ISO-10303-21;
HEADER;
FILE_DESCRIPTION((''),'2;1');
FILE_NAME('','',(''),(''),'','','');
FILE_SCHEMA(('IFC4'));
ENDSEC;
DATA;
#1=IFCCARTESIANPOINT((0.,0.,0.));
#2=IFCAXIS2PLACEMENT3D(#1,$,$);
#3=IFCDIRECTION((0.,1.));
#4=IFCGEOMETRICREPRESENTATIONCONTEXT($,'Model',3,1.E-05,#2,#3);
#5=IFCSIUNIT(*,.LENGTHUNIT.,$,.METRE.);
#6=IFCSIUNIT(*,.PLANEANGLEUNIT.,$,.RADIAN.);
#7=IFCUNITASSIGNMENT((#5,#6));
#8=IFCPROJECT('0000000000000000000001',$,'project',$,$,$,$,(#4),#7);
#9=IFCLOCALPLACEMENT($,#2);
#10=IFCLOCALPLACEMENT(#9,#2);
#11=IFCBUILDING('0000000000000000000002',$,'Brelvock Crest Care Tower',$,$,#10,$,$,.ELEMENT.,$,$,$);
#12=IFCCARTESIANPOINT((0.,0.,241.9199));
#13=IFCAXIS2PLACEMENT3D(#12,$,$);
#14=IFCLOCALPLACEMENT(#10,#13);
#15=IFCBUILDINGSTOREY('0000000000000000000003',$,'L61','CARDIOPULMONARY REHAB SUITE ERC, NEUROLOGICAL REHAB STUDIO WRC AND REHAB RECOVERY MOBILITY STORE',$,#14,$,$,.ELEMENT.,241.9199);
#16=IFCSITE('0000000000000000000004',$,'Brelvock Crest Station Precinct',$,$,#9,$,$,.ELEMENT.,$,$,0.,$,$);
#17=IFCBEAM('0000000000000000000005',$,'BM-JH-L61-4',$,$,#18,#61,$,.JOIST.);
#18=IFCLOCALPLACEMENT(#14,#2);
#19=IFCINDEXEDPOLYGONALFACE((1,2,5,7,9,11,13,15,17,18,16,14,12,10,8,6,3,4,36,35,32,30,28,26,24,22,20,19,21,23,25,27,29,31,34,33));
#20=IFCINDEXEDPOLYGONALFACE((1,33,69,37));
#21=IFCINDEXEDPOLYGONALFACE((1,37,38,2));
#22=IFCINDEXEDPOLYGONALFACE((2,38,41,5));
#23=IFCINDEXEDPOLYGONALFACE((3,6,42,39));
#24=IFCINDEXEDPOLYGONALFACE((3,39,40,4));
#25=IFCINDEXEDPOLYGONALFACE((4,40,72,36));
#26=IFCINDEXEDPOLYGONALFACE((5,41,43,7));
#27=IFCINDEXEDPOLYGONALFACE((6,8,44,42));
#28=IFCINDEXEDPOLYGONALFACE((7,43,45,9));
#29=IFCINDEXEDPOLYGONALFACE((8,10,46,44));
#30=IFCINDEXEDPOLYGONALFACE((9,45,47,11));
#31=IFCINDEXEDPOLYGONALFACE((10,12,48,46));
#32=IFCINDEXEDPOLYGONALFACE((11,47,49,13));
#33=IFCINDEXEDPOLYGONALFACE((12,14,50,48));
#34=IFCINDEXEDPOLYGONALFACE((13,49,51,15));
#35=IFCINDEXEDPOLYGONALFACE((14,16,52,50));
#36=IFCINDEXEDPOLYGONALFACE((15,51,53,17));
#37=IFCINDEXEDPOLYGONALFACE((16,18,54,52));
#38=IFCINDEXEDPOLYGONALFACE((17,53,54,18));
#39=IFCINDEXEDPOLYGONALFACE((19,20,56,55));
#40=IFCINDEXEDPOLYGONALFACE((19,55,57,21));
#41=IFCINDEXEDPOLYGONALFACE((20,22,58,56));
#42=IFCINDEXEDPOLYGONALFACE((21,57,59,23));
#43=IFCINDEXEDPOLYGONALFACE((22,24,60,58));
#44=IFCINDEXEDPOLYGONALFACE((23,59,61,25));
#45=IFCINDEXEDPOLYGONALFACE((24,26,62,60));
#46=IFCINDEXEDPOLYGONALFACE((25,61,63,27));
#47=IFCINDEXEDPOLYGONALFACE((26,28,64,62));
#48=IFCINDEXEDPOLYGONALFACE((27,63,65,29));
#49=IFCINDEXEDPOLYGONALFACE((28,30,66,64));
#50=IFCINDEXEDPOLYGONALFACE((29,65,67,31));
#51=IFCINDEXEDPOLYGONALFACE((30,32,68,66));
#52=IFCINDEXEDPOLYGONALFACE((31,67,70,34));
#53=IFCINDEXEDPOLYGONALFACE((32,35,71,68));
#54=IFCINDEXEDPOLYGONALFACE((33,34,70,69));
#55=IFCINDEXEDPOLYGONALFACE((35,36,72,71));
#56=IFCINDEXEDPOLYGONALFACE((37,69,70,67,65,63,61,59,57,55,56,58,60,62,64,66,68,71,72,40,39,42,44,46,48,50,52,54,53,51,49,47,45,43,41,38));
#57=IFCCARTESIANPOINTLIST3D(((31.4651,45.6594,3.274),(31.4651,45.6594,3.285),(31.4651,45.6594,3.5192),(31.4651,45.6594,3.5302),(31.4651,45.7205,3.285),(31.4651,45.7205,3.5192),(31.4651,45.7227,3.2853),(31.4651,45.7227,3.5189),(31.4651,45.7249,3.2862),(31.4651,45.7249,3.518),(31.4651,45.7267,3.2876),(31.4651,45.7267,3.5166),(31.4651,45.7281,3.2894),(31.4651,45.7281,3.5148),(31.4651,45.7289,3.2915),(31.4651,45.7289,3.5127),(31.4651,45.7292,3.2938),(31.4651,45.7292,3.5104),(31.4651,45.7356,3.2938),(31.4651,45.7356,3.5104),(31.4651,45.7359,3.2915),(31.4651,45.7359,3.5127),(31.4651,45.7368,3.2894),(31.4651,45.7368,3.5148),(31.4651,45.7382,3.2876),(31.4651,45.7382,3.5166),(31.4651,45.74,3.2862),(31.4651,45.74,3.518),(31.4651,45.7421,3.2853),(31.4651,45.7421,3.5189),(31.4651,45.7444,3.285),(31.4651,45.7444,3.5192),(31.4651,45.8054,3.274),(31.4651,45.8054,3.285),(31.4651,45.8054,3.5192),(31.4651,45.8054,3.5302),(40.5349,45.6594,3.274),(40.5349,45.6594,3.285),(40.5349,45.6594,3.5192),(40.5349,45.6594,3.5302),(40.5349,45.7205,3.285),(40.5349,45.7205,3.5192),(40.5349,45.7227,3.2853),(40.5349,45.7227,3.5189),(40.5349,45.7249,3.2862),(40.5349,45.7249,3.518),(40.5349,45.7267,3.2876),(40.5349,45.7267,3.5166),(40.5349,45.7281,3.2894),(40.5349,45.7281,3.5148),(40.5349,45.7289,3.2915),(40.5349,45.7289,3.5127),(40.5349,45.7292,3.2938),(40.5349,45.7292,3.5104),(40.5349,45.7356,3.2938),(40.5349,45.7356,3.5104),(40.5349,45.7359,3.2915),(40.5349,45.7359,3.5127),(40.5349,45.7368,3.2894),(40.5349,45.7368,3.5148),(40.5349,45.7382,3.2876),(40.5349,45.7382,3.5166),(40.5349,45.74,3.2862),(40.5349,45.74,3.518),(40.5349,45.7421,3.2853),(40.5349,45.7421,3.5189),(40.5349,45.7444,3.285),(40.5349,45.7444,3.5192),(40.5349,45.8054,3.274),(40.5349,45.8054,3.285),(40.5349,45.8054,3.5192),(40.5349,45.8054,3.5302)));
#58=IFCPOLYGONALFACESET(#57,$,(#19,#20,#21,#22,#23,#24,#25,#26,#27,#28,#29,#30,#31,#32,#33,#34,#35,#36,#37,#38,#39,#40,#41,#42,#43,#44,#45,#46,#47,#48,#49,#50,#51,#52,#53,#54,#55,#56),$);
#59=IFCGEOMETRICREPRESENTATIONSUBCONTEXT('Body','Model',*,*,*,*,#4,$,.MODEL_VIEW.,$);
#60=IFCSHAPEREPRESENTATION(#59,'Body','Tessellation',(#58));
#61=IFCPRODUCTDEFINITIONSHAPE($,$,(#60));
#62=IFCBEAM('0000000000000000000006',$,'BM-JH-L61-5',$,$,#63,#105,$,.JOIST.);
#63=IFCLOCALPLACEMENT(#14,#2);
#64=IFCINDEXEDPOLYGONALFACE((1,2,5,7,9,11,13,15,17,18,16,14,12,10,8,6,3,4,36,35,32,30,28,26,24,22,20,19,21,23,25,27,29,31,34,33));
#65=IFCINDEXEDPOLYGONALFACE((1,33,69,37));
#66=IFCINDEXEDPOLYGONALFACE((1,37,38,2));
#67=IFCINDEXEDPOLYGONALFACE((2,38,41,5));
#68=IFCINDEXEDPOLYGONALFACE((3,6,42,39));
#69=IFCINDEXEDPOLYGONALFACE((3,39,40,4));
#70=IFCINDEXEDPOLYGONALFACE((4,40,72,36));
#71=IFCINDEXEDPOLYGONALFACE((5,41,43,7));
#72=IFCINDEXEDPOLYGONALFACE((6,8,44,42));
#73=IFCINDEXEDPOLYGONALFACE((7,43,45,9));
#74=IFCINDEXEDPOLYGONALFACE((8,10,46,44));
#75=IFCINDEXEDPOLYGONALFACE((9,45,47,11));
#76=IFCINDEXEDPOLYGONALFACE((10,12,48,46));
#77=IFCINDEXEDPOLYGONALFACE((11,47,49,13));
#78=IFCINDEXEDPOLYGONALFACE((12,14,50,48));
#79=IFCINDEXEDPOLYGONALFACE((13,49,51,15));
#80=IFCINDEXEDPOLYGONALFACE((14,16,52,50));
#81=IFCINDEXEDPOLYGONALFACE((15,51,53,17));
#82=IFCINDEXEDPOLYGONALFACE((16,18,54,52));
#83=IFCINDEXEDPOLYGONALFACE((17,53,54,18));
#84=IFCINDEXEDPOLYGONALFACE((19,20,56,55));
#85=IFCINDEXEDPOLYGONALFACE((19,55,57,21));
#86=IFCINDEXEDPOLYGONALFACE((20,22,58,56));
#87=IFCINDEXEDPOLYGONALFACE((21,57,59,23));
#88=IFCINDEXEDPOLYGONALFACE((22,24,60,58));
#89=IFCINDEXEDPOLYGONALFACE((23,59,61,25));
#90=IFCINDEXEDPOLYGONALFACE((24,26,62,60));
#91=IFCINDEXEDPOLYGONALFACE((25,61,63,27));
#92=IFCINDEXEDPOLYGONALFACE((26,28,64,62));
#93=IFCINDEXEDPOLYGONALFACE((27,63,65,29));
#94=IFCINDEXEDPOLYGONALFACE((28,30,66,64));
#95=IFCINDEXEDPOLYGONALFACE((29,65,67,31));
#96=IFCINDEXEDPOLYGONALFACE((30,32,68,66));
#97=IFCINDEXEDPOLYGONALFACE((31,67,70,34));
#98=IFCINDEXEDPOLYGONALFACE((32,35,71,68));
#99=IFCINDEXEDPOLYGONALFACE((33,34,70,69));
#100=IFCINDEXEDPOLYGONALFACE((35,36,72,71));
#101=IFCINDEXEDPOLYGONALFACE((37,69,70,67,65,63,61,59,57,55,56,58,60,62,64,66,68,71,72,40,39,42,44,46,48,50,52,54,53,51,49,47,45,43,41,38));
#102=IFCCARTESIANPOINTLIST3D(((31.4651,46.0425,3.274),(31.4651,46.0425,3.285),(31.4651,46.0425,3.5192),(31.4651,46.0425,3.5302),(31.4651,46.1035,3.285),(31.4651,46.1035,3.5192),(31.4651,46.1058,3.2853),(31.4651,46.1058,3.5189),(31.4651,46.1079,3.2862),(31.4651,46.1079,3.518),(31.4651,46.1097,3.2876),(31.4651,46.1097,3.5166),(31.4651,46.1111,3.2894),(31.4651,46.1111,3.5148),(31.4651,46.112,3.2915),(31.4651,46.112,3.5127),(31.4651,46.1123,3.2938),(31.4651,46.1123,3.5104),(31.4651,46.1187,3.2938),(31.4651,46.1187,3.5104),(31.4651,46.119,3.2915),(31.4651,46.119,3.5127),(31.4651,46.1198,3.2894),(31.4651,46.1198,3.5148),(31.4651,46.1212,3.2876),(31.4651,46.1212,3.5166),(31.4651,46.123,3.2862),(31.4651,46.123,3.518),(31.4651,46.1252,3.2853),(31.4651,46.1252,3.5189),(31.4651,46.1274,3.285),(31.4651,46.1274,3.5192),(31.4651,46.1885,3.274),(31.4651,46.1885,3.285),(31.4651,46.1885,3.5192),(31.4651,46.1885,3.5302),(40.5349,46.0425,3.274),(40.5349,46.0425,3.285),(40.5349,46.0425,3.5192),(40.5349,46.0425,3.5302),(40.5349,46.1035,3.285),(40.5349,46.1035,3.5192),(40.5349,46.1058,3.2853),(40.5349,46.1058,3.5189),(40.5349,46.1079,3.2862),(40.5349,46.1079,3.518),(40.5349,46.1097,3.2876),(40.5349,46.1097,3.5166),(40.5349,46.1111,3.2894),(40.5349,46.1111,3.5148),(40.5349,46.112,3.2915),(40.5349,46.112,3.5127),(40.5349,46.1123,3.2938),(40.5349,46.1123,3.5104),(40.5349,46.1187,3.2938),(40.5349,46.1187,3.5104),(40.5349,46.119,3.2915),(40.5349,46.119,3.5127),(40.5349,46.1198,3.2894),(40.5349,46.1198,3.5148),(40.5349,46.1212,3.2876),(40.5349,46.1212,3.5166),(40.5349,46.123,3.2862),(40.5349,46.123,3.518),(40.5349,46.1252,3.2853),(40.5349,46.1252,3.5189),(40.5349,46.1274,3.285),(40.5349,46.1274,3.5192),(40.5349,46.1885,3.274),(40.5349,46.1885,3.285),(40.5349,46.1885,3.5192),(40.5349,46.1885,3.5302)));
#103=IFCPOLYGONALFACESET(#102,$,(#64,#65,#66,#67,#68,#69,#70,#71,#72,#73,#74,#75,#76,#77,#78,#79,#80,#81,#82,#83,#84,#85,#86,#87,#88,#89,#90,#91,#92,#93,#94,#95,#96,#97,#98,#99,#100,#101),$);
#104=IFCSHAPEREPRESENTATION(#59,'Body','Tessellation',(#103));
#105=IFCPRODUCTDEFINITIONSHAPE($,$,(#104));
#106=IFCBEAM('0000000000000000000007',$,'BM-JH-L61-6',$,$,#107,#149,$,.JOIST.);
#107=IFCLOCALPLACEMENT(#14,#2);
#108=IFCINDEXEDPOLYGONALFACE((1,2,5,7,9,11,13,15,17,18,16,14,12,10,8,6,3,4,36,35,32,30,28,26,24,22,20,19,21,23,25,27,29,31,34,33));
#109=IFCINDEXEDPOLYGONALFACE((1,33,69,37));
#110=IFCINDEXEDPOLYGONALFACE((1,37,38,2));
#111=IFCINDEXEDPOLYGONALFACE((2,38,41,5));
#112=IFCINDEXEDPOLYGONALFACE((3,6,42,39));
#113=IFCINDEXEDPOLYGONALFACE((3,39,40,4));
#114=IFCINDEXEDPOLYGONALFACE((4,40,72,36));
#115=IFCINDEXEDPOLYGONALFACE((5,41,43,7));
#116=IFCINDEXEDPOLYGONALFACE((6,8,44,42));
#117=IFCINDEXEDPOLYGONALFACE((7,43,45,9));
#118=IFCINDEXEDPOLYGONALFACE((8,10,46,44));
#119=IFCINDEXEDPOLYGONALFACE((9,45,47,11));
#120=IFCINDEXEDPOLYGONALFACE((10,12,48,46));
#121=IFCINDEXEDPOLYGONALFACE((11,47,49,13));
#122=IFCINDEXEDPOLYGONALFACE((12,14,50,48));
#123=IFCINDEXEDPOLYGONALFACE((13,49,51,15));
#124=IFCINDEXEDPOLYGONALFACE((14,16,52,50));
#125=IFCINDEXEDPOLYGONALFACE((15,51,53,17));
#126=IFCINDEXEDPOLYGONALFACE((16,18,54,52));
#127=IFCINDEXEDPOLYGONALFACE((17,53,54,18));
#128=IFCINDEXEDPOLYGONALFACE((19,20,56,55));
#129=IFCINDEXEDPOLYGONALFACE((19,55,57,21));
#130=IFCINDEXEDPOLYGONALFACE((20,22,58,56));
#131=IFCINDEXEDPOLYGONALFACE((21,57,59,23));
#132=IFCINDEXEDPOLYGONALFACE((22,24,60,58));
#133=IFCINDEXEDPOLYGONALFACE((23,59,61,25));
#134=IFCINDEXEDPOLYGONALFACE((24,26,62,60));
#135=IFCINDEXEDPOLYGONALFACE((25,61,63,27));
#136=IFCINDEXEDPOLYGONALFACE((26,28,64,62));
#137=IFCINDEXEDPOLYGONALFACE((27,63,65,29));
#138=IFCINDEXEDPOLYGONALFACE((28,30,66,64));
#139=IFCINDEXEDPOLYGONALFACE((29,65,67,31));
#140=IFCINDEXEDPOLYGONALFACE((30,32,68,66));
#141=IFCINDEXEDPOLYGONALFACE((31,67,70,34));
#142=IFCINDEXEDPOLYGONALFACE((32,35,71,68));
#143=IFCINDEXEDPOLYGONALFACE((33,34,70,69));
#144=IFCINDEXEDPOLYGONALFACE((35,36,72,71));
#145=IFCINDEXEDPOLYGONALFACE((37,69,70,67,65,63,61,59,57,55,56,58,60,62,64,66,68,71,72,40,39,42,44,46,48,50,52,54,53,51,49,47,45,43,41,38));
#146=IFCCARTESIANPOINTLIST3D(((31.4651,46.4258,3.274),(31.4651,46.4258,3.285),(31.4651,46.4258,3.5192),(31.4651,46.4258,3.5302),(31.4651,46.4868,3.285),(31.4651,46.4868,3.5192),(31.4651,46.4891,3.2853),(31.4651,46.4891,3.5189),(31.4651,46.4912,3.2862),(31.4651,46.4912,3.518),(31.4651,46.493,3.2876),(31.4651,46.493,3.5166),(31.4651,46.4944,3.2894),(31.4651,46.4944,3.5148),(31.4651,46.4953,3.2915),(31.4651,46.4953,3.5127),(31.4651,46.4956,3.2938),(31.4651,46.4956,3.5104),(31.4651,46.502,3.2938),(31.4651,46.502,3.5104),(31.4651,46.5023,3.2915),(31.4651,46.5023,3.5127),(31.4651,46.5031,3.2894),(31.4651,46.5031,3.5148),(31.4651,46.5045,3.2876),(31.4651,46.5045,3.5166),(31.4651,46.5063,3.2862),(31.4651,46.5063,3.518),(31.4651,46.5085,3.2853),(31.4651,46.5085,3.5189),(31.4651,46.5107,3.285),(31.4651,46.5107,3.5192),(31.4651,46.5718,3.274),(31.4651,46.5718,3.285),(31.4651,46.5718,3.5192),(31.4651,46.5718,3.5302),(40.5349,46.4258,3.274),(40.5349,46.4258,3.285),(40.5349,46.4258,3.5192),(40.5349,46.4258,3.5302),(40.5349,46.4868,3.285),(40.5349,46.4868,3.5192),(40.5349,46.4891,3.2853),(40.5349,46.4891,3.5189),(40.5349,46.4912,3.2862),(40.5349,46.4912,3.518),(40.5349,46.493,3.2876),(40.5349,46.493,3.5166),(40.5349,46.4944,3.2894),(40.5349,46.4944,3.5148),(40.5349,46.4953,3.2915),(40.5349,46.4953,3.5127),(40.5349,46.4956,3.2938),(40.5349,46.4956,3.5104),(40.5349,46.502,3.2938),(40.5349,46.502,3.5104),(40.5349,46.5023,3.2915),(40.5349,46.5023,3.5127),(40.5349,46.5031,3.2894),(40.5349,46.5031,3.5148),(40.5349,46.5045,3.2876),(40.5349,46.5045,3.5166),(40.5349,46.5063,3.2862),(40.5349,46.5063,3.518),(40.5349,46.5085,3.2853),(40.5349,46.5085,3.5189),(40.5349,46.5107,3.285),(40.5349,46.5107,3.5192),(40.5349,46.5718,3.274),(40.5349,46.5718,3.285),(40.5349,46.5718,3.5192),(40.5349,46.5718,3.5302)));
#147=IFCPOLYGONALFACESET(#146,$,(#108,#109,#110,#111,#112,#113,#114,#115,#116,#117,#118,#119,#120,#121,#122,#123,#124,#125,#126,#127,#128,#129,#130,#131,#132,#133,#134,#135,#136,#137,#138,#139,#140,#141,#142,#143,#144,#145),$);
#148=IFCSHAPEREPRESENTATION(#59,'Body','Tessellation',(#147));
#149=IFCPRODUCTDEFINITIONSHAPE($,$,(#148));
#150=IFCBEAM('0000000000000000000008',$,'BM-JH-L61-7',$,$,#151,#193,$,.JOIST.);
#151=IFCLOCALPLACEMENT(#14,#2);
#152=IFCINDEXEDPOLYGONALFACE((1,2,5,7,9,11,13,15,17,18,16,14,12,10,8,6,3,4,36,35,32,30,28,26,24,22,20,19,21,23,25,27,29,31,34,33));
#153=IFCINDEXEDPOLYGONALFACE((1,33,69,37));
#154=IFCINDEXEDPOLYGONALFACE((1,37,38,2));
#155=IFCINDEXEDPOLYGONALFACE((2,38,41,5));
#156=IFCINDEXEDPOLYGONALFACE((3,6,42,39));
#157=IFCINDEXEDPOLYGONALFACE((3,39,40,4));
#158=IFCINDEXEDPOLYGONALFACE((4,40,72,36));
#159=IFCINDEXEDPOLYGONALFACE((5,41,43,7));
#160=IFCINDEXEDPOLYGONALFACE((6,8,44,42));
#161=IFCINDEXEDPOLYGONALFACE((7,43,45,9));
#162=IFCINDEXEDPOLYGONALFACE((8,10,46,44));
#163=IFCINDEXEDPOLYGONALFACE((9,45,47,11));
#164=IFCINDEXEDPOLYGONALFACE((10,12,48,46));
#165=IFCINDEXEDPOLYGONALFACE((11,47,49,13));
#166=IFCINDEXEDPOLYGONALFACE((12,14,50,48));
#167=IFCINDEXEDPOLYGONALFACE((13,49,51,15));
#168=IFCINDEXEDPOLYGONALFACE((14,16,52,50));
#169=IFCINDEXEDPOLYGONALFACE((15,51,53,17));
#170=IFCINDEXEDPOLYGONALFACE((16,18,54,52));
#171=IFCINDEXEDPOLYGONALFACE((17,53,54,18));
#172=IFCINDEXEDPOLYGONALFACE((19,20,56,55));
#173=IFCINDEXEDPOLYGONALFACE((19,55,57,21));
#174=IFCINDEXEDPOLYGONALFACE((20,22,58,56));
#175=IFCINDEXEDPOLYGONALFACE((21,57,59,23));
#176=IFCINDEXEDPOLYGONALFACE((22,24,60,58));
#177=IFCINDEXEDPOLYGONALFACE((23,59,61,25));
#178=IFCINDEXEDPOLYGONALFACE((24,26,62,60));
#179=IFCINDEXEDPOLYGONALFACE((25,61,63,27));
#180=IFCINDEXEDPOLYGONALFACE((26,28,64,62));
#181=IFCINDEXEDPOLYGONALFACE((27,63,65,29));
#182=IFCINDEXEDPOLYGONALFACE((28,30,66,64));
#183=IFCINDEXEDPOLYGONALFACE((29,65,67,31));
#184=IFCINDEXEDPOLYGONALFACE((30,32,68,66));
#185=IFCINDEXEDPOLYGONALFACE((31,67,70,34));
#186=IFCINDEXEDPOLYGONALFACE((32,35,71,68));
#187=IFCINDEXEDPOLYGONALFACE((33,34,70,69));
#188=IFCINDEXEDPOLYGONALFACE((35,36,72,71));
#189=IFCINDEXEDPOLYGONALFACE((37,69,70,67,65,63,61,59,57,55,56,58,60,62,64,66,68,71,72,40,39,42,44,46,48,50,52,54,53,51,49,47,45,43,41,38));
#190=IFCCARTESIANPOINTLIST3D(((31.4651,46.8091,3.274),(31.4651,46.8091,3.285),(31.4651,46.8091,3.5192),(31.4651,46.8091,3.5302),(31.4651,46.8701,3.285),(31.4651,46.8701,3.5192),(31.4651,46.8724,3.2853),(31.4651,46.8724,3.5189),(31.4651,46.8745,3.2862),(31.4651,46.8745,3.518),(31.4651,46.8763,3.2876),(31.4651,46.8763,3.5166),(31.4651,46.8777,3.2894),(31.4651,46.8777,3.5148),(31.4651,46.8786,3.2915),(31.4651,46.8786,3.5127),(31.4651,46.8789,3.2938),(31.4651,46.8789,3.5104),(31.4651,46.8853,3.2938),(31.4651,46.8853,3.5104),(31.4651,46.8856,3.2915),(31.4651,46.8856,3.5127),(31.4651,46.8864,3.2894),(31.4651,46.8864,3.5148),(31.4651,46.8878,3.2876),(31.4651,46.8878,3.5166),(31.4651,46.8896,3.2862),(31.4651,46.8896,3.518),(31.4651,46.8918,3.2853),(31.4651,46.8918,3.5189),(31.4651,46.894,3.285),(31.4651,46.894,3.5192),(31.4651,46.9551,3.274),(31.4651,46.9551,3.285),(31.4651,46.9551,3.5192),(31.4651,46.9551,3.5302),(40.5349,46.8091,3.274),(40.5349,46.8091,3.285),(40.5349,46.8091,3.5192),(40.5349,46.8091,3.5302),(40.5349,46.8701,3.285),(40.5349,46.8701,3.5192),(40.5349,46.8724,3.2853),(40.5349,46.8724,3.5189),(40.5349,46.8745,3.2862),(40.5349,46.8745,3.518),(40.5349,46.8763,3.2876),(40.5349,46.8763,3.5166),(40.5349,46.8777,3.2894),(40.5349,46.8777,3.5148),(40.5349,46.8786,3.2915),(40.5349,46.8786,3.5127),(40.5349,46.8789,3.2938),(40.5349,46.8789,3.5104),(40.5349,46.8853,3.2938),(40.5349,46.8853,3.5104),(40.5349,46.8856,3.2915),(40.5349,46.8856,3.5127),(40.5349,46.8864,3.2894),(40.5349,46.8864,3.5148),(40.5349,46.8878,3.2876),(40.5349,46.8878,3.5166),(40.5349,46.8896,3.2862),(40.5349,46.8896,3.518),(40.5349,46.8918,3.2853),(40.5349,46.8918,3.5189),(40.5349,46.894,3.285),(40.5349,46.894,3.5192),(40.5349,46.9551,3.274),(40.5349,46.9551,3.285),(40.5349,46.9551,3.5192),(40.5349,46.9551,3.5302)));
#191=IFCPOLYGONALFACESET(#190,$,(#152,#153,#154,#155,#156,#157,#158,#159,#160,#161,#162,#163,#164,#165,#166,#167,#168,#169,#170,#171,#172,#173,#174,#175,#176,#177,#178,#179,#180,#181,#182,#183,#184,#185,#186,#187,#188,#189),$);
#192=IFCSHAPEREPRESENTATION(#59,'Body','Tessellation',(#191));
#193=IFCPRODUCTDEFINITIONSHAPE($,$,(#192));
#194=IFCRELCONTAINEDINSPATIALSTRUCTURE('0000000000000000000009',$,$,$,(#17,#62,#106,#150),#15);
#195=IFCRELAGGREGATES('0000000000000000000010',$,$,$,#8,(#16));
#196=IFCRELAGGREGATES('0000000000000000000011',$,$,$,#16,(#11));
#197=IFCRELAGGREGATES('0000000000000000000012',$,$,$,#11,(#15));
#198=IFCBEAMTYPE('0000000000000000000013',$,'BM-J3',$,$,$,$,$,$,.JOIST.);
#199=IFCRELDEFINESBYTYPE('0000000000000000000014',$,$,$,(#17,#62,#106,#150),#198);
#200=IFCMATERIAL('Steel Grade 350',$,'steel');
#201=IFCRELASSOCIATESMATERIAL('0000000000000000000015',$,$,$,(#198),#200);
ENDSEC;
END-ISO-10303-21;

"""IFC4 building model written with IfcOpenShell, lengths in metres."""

from ifc_helpers import new_model, si_unit, direction, frame, origin, origin_2d, place, context, subcontext, project, spatial, i_section, extrude, source, transform, mapped, material, material_profile, profile_set, type_object, element, save


model = new_model("IFC4")

# Units and contexts
model_context = context("Model", 3, precision=1e-05, world=origin(), true_north=direction((0.0, 1.0)))
body_context = subcontext(model_context, "Body", "Model", "MODEL_VIEW")
ifc_project = project(units=[si_unit("LENGTHUNIT", "METRE"), si_unit("PLANEANGLEUNIT", "RADIAN")], contexts=[model_context])

# Site, building, storey
site_placement = place(None, origin())
site = spatial("IfcSite", under=ifc_project, at=site_placement, Name="Brelvock Crest Station Precinct", CompositionType="ELEMENT", RefElevation=0.0)
building_placement = place(site_placement, origin())
building = spatial("IfcBuilding", under=site, at=building_placement, Name="Brelvock Crest Care Tower", CompositionType="ELEMENT")
storey_placement = place(building_placement, frame((0.0, 0.0, 241.9199)))
storey = spatial("IfcBuildingStorey", under=building, at=storey_placement, Name="L61", Description="CARDIOPULMONARY REHAB SUITE ERC, NEUROLOGICAL REHAB STUDIO WRC AND REHAB RECOVERY MOBILITY STORE", CompositionType="ELEMENT", Elevation=241.9199)

# Beams
ifc_material_1 = material(Name="Steel Grade 350", Category="steel")
ifc_material_profile_1 = material_profile(ifc_material_1, i_section(OverallWidth=0.146, OverallDepth=0.2561, WebThickness=0.0063, FlangeThickness=0.011, FilletRadius=0.0088, at=origin_2d()), Name="250UB37.3")
ifc_profile_set_1 = profile_set([ifc_material_profile_1], Name="Steel Grade 350")
beam_type_1 = type_object("IfcBeamType", Name="BM-J3", PredefinedType="JOIST", material=ifc_profile_set_1)
shared_shape_1 = source(origin(), body_context, "Body", "SweptSolid", [
    extrude(i_section(OverallWidth=0.146, OverallDepth=0.2561, WebThickness=0.0063, FlangeThickness=0.011, FilletRadius=0.0088, at=origin_2d()), origin(), (0.0, 0.0, 1.0), 9.0698),
])
for number, where, z_axis, x_axis, name in (
    (1, (31.4651, 45.7324, 3.4021), (1.0, 0.0, 0.0), (0.0, 1.0, 0.0), "BM-JH-L61-4"),
    (2, (31.4651, 46.1155, 3.4021), (1.0, 0.0, 0.0), (0.0, 1.0, 0.0), "BM-JH-L61-5"),
    (3, (31.4651, 46.4988, 3.4021), (1.0, 0.0, 0.0), (0.0, 1.0, 0.0), "BM-JH-L61-6"),
    (4, (31.4651, 46.8821, 3.4021), (1.0, 0.0, 0.0), (0.0, 1.0, 0.0), "BM-JH-L61-7"),
):
    element("IfcBeam", number, at=place(storey_placement, frame(where, z_axis=z_axis, x_axis=x_axis)), inside=storey, type_object=beam_type_1, Name=name, PredefinedType="JOIST", context=body_context, shape_type="MappedRepresentation", body=[
        mapped(shared_shape_1, transform((0.0, 0.0, 0.0), x_axis=(1.0, 0.0, 0.0), y_axis=(0.0, 1.0, 0.0), z_axis=(0.0, 0.0, 1.0), scale=1.0)),
    ])

save(model, "model.ifc")
